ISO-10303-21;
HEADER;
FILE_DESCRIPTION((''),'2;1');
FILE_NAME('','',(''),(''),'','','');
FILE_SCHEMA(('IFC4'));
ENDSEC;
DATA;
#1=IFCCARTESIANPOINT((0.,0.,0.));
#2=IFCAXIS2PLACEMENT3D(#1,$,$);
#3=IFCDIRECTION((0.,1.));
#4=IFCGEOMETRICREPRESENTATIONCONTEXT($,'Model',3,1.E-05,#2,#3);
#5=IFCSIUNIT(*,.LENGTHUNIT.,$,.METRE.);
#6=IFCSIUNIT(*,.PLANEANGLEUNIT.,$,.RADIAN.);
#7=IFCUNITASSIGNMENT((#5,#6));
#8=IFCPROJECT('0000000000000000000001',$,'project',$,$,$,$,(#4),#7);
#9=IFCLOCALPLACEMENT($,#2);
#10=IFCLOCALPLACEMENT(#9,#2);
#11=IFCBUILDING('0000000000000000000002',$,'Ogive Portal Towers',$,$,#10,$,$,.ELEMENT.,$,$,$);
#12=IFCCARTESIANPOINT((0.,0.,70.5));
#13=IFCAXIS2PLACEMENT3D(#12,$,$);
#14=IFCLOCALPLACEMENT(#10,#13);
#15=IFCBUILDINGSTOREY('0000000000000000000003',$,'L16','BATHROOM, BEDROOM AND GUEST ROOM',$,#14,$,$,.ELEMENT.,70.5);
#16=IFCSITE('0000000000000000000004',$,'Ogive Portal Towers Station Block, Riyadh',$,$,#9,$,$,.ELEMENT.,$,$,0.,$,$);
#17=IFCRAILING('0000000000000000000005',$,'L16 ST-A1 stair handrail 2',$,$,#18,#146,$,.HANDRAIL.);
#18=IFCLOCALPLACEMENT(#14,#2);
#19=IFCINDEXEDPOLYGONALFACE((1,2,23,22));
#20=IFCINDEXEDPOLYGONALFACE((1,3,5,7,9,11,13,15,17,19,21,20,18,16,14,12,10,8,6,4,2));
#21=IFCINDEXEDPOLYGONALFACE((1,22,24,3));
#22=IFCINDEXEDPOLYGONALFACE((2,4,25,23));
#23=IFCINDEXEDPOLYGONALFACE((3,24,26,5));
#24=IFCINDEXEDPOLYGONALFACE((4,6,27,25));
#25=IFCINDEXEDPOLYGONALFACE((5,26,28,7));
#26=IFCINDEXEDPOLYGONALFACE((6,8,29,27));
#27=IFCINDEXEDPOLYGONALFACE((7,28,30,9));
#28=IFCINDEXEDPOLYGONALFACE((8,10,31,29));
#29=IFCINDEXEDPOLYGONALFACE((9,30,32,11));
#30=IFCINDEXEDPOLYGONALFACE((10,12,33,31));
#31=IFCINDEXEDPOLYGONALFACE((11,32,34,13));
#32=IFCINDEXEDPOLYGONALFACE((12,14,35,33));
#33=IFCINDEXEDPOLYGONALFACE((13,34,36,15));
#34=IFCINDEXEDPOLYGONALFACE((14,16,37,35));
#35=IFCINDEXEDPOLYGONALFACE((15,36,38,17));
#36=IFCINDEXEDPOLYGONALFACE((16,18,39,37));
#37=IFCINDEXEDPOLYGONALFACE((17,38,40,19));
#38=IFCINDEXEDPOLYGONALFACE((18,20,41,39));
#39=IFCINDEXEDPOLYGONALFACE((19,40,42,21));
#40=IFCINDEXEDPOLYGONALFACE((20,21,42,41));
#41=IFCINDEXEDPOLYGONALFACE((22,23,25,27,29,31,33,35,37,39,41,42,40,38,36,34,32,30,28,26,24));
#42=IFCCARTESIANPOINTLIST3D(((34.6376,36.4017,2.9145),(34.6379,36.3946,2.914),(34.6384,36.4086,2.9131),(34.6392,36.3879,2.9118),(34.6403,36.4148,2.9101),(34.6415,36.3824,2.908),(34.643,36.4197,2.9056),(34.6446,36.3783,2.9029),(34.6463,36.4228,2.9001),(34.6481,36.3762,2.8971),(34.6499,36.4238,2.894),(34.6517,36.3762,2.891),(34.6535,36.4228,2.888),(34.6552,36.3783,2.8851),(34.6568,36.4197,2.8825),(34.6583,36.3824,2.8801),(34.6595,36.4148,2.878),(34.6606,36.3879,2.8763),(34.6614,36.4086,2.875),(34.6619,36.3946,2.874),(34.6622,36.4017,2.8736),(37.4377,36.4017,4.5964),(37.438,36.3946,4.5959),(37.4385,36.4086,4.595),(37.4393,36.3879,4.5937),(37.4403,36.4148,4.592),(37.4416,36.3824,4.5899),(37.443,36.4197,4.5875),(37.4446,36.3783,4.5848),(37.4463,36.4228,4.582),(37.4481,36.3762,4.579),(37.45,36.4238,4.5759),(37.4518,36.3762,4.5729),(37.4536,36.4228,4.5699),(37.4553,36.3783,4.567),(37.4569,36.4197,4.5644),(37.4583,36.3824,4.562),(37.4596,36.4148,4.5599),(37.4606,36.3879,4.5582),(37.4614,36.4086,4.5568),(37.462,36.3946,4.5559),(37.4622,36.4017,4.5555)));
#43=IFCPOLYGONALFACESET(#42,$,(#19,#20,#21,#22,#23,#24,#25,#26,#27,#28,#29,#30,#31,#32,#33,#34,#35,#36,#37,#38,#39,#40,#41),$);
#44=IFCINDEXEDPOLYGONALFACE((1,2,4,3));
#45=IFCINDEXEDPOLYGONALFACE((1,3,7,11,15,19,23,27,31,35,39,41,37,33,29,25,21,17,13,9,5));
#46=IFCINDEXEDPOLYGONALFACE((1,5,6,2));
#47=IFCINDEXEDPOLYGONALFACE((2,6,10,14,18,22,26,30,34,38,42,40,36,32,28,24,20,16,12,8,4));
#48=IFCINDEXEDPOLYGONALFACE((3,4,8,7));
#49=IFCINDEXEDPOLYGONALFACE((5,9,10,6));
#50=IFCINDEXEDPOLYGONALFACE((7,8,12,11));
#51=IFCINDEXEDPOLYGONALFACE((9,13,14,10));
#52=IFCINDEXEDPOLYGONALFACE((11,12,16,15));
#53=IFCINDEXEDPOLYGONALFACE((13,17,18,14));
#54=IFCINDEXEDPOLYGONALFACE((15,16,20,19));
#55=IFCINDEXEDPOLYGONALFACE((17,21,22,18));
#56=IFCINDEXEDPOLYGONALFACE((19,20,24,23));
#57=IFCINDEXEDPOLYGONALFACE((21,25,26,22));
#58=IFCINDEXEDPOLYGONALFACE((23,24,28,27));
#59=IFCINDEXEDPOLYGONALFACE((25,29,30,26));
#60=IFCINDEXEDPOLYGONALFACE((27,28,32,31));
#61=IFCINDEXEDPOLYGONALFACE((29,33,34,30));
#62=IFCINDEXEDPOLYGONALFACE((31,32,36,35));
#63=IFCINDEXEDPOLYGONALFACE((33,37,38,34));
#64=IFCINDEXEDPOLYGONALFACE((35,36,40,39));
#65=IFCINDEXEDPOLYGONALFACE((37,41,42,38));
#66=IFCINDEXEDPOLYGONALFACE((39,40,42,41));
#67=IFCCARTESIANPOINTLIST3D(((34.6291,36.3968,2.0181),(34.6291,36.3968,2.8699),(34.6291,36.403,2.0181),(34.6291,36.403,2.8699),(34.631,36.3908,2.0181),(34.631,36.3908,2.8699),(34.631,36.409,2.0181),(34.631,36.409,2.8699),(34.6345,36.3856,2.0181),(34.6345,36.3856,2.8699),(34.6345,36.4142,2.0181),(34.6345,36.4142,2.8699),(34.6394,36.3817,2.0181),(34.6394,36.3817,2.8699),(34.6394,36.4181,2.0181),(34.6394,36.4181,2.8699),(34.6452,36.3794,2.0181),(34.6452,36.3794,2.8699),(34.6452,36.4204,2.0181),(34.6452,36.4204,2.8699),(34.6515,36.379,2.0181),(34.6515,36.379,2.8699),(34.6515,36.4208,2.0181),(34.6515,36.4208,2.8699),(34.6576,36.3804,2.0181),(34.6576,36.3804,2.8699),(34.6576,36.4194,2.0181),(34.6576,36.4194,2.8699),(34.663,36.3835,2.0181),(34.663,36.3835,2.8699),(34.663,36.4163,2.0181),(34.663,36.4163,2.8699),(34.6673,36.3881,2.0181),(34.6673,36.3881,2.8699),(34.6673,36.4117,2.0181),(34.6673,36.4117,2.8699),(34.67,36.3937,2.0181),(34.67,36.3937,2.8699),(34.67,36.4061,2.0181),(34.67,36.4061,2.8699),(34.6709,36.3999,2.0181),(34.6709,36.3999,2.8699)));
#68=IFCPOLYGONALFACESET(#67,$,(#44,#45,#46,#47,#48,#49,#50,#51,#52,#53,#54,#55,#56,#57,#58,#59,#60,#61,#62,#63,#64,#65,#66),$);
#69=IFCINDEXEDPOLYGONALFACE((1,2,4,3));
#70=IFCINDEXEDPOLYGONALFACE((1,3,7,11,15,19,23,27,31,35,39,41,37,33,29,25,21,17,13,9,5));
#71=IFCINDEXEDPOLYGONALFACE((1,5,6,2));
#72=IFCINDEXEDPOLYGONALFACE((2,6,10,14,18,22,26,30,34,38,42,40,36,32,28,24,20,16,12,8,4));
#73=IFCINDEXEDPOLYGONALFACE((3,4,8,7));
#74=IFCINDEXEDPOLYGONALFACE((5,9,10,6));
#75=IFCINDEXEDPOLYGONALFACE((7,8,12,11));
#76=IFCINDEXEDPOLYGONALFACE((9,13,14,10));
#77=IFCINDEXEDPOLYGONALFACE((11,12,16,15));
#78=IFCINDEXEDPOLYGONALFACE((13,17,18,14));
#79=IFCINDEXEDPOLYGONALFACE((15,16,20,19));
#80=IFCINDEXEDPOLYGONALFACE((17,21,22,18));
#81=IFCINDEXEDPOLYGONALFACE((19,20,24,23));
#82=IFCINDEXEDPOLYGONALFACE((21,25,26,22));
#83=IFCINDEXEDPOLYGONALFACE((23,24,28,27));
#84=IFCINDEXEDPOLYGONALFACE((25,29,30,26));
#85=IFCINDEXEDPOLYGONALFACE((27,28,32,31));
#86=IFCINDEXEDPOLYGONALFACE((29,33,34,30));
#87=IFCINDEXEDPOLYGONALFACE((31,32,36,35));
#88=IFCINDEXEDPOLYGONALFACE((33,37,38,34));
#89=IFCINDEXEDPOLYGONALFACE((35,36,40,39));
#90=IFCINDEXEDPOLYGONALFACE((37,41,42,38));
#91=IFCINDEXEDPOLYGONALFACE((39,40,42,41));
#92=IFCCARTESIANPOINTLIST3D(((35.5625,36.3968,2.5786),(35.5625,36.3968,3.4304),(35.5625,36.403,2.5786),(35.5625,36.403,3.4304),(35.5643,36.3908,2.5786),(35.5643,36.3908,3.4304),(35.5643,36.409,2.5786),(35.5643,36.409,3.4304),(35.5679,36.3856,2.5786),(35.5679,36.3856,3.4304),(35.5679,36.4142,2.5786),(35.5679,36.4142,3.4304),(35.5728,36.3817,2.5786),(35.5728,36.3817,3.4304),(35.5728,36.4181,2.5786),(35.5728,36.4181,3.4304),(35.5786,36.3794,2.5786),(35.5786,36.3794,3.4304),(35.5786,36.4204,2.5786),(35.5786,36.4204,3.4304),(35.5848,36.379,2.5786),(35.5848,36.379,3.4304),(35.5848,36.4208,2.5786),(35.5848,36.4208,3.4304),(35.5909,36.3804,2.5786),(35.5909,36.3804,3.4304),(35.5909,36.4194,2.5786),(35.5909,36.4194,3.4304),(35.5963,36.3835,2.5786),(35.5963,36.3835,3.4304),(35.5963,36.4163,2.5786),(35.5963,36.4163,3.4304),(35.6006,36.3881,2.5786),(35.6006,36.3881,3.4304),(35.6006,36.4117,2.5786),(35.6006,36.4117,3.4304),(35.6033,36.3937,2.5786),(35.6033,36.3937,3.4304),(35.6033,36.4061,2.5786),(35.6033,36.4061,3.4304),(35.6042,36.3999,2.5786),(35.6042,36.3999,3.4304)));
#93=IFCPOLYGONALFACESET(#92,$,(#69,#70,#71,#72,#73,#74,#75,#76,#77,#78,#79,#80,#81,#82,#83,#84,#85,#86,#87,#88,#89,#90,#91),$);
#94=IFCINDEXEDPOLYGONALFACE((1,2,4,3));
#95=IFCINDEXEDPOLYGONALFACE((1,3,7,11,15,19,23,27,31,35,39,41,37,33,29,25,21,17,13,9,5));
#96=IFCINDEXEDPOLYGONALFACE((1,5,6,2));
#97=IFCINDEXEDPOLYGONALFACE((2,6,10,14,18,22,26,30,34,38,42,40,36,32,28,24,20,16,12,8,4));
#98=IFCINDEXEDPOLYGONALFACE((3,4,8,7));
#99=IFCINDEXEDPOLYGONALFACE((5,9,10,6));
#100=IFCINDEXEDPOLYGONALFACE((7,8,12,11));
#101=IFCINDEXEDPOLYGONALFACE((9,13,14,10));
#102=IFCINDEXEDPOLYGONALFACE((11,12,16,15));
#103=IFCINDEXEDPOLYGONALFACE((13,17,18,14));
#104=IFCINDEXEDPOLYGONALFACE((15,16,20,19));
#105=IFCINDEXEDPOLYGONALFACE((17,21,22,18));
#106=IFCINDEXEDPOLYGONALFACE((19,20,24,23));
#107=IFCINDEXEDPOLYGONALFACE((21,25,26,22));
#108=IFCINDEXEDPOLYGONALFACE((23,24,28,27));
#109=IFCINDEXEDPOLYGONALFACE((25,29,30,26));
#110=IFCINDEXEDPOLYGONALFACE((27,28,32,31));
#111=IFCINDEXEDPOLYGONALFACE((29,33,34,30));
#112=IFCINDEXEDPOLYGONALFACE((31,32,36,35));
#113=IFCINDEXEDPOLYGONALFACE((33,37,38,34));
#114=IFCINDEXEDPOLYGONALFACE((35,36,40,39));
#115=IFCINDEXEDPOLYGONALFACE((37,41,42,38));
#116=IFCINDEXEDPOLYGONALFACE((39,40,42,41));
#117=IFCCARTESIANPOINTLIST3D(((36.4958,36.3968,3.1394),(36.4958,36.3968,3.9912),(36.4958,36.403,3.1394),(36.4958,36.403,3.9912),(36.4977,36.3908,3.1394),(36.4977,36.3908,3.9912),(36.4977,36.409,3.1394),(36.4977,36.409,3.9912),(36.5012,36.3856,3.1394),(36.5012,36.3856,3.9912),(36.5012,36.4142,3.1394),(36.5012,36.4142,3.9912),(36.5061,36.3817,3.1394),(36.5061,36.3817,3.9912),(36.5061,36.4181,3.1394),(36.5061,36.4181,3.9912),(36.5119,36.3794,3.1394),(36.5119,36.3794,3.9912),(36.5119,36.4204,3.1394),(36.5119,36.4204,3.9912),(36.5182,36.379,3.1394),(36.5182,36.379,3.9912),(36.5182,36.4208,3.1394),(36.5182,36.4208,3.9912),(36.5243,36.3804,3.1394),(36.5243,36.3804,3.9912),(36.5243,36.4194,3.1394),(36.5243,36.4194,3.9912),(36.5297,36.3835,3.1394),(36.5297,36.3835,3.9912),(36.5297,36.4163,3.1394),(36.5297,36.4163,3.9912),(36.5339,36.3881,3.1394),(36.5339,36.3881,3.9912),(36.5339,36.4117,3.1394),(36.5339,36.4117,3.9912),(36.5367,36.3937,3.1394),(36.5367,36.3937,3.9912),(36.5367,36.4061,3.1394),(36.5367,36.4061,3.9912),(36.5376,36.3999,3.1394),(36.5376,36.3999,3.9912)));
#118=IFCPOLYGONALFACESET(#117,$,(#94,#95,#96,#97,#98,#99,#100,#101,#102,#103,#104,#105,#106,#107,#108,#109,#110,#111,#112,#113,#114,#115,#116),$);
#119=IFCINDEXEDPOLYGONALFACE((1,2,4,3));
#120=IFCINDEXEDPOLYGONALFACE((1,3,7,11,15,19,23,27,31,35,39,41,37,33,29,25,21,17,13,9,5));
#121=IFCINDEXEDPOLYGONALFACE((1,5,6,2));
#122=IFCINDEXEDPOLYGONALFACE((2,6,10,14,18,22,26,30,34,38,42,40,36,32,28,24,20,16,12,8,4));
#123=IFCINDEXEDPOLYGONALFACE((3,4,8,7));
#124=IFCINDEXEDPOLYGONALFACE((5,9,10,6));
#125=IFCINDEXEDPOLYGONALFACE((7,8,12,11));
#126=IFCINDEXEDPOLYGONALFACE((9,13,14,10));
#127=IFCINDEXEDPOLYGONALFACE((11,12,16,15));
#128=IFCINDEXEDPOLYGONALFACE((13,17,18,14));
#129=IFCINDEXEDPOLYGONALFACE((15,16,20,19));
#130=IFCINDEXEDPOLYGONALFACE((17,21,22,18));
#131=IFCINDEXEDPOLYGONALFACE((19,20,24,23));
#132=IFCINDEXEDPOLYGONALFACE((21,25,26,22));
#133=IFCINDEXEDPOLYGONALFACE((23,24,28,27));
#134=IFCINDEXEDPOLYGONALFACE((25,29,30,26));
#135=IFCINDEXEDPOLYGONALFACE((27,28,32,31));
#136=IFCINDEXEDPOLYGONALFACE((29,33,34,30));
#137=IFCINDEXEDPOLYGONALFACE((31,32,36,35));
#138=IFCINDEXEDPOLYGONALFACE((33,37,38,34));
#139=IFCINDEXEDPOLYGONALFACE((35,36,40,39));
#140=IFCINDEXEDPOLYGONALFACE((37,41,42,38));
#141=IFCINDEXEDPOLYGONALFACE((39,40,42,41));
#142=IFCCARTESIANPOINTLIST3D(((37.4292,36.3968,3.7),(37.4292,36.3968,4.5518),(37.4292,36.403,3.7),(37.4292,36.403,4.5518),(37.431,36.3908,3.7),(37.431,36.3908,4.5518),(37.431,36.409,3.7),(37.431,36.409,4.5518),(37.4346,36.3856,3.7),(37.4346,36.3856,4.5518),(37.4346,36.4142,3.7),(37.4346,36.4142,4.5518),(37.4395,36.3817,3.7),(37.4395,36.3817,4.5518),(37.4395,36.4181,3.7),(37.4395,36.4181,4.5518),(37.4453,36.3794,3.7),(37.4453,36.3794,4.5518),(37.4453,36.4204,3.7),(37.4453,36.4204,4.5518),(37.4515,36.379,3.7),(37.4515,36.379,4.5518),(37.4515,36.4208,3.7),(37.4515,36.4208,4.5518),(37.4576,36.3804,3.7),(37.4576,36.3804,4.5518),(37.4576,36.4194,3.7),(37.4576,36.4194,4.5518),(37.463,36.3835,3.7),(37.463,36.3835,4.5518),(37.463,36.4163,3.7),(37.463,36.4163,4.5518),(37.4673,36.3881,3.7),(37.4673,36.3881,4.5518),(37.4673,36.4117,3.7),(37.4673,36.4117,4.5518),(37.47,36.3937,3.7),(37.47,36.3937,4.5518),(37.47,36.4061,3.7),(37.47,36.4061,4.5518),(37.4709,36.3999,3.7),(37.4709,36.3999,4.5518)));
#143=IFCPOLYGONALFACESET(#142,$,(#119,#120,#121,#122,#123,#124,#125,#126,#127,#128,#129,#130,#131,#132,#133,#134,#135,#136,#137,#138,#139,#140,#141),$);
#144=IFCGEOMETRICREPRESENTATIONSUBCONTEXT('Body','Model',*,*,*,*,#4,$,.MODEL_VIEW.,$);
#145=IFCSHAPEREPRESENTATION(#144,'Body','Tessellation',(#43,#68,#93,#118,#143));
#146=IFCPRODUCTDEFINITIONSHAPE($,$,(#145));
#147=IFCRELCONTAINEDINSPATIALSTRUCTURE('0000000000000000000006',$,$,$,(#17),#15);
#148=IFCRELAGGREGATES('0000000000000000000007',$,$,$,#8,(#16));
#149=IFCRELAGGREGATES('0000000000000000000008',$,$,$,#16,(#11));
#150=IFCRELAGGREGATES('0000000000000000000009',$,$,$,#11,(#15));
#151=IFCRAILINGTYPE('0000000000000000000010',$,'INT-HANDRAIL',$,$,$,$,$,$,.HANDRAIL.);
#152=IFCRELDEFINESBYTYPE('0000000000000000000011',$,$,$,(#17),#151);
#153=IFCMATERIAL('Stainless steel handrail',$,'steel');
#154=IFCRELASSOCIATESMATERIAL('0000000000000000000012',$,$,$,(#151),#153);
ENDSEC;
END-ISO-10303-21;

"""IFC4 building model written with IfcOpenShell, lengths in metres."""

from ifc_helpers import new_model, si_unit, direction, frame, origin, origin_2d, place, context, subcontext, project, spatial, circle, extrude, material, type_object, element, save


model = new_model("IFC4")

# Units and contexts
model_context = context("Model", 3, precision=1e-05, world=origin(), true_north=direction((0.0, 1.0)))
body_context = subcontext(model_context, "Body", "Model", "MODEL_VIEW")
ifc_project = project(units=[si_unit("LENGTHUNIT", "METRE"), si_unit("PLANEANGLEUNIT", "RADIAN")], contexts=[model_context])

# Site, building, storey
site_placement = place(None, origin())
site = spatial("IfcSite", under=ifc_project, at=site_placement, Name="Ogive Portal Towers Station Block, Riyadh", CompositionType="ELEMENT", RefElevation=0.0)
building_placement = place(site_placement, origin())
building = spatial("IfcBuilding", under=site, at=building_placement, Name="Ogive Portal Towers", CompositionType="ELEMENT")
storey_placement = place(building_placement, frame((0.0, 0.0, 70.5)))
storey = spatial("IfcBuildingStorey", under=building, at=storey_placement, Name="L16", Description="BATHROOM, BEDROOM AND GUEST ROOM", CompositionType="ELEMENT", Elevation=70.5)

# Railing
ifc_material_1 = material(Name="Stainless steel handrail", Category="steel")
railing_type_1 = type_object("IfcRailingType", Name="INT-HANDRAIL", PredefinedType="HANDRAIL", material=ifc_material_1)
railing_1_placement = place(storey_placement, frame((34.6499, 36.3999, 2.0181)))
element("IfcRailing", 1, at=railing_1_placement, inside=storey, type_object=railing_type_1, Name="L16 ST-A1 stair handrail 2", PredefinedType="HANDRAIL", context=body_context, shape_type="SweptSolid", body=[
    extrude(circle(Radius=0.0239, at=origin_2d()), frame((0.0, 0.0, 0.876), z_axis=(0.857242, 0.0, 0.514913), x_axis=(0.0, 1.0, 0.0)), (0.0, 0.0, 1.0), 3.2664),
    extrude(circle(Radius=0.021, at=origin_2d()), origin(), (0.0, 0.0, 1.0), 0.8518),
    extrude(circle(Radius=0.021, at=origin_2d()), frame((0.9333, 0.0, 0.5605)), (0.0, 0.0, 1.0), 0.8518),
    extrude(circle(Radius=0.021, at=origin_2d()), frame((1.8667, 0.0, 1.1213)), (0.0, 0.0, 1.0), 0.8518),
    extrude(circle(Radius=0.021, at=origin_2d()), frame((2.8, 0.0, 1.6819)), (0.0, 0.0, 1.0), 0.8518),
])

save(model, "model.ifc")
